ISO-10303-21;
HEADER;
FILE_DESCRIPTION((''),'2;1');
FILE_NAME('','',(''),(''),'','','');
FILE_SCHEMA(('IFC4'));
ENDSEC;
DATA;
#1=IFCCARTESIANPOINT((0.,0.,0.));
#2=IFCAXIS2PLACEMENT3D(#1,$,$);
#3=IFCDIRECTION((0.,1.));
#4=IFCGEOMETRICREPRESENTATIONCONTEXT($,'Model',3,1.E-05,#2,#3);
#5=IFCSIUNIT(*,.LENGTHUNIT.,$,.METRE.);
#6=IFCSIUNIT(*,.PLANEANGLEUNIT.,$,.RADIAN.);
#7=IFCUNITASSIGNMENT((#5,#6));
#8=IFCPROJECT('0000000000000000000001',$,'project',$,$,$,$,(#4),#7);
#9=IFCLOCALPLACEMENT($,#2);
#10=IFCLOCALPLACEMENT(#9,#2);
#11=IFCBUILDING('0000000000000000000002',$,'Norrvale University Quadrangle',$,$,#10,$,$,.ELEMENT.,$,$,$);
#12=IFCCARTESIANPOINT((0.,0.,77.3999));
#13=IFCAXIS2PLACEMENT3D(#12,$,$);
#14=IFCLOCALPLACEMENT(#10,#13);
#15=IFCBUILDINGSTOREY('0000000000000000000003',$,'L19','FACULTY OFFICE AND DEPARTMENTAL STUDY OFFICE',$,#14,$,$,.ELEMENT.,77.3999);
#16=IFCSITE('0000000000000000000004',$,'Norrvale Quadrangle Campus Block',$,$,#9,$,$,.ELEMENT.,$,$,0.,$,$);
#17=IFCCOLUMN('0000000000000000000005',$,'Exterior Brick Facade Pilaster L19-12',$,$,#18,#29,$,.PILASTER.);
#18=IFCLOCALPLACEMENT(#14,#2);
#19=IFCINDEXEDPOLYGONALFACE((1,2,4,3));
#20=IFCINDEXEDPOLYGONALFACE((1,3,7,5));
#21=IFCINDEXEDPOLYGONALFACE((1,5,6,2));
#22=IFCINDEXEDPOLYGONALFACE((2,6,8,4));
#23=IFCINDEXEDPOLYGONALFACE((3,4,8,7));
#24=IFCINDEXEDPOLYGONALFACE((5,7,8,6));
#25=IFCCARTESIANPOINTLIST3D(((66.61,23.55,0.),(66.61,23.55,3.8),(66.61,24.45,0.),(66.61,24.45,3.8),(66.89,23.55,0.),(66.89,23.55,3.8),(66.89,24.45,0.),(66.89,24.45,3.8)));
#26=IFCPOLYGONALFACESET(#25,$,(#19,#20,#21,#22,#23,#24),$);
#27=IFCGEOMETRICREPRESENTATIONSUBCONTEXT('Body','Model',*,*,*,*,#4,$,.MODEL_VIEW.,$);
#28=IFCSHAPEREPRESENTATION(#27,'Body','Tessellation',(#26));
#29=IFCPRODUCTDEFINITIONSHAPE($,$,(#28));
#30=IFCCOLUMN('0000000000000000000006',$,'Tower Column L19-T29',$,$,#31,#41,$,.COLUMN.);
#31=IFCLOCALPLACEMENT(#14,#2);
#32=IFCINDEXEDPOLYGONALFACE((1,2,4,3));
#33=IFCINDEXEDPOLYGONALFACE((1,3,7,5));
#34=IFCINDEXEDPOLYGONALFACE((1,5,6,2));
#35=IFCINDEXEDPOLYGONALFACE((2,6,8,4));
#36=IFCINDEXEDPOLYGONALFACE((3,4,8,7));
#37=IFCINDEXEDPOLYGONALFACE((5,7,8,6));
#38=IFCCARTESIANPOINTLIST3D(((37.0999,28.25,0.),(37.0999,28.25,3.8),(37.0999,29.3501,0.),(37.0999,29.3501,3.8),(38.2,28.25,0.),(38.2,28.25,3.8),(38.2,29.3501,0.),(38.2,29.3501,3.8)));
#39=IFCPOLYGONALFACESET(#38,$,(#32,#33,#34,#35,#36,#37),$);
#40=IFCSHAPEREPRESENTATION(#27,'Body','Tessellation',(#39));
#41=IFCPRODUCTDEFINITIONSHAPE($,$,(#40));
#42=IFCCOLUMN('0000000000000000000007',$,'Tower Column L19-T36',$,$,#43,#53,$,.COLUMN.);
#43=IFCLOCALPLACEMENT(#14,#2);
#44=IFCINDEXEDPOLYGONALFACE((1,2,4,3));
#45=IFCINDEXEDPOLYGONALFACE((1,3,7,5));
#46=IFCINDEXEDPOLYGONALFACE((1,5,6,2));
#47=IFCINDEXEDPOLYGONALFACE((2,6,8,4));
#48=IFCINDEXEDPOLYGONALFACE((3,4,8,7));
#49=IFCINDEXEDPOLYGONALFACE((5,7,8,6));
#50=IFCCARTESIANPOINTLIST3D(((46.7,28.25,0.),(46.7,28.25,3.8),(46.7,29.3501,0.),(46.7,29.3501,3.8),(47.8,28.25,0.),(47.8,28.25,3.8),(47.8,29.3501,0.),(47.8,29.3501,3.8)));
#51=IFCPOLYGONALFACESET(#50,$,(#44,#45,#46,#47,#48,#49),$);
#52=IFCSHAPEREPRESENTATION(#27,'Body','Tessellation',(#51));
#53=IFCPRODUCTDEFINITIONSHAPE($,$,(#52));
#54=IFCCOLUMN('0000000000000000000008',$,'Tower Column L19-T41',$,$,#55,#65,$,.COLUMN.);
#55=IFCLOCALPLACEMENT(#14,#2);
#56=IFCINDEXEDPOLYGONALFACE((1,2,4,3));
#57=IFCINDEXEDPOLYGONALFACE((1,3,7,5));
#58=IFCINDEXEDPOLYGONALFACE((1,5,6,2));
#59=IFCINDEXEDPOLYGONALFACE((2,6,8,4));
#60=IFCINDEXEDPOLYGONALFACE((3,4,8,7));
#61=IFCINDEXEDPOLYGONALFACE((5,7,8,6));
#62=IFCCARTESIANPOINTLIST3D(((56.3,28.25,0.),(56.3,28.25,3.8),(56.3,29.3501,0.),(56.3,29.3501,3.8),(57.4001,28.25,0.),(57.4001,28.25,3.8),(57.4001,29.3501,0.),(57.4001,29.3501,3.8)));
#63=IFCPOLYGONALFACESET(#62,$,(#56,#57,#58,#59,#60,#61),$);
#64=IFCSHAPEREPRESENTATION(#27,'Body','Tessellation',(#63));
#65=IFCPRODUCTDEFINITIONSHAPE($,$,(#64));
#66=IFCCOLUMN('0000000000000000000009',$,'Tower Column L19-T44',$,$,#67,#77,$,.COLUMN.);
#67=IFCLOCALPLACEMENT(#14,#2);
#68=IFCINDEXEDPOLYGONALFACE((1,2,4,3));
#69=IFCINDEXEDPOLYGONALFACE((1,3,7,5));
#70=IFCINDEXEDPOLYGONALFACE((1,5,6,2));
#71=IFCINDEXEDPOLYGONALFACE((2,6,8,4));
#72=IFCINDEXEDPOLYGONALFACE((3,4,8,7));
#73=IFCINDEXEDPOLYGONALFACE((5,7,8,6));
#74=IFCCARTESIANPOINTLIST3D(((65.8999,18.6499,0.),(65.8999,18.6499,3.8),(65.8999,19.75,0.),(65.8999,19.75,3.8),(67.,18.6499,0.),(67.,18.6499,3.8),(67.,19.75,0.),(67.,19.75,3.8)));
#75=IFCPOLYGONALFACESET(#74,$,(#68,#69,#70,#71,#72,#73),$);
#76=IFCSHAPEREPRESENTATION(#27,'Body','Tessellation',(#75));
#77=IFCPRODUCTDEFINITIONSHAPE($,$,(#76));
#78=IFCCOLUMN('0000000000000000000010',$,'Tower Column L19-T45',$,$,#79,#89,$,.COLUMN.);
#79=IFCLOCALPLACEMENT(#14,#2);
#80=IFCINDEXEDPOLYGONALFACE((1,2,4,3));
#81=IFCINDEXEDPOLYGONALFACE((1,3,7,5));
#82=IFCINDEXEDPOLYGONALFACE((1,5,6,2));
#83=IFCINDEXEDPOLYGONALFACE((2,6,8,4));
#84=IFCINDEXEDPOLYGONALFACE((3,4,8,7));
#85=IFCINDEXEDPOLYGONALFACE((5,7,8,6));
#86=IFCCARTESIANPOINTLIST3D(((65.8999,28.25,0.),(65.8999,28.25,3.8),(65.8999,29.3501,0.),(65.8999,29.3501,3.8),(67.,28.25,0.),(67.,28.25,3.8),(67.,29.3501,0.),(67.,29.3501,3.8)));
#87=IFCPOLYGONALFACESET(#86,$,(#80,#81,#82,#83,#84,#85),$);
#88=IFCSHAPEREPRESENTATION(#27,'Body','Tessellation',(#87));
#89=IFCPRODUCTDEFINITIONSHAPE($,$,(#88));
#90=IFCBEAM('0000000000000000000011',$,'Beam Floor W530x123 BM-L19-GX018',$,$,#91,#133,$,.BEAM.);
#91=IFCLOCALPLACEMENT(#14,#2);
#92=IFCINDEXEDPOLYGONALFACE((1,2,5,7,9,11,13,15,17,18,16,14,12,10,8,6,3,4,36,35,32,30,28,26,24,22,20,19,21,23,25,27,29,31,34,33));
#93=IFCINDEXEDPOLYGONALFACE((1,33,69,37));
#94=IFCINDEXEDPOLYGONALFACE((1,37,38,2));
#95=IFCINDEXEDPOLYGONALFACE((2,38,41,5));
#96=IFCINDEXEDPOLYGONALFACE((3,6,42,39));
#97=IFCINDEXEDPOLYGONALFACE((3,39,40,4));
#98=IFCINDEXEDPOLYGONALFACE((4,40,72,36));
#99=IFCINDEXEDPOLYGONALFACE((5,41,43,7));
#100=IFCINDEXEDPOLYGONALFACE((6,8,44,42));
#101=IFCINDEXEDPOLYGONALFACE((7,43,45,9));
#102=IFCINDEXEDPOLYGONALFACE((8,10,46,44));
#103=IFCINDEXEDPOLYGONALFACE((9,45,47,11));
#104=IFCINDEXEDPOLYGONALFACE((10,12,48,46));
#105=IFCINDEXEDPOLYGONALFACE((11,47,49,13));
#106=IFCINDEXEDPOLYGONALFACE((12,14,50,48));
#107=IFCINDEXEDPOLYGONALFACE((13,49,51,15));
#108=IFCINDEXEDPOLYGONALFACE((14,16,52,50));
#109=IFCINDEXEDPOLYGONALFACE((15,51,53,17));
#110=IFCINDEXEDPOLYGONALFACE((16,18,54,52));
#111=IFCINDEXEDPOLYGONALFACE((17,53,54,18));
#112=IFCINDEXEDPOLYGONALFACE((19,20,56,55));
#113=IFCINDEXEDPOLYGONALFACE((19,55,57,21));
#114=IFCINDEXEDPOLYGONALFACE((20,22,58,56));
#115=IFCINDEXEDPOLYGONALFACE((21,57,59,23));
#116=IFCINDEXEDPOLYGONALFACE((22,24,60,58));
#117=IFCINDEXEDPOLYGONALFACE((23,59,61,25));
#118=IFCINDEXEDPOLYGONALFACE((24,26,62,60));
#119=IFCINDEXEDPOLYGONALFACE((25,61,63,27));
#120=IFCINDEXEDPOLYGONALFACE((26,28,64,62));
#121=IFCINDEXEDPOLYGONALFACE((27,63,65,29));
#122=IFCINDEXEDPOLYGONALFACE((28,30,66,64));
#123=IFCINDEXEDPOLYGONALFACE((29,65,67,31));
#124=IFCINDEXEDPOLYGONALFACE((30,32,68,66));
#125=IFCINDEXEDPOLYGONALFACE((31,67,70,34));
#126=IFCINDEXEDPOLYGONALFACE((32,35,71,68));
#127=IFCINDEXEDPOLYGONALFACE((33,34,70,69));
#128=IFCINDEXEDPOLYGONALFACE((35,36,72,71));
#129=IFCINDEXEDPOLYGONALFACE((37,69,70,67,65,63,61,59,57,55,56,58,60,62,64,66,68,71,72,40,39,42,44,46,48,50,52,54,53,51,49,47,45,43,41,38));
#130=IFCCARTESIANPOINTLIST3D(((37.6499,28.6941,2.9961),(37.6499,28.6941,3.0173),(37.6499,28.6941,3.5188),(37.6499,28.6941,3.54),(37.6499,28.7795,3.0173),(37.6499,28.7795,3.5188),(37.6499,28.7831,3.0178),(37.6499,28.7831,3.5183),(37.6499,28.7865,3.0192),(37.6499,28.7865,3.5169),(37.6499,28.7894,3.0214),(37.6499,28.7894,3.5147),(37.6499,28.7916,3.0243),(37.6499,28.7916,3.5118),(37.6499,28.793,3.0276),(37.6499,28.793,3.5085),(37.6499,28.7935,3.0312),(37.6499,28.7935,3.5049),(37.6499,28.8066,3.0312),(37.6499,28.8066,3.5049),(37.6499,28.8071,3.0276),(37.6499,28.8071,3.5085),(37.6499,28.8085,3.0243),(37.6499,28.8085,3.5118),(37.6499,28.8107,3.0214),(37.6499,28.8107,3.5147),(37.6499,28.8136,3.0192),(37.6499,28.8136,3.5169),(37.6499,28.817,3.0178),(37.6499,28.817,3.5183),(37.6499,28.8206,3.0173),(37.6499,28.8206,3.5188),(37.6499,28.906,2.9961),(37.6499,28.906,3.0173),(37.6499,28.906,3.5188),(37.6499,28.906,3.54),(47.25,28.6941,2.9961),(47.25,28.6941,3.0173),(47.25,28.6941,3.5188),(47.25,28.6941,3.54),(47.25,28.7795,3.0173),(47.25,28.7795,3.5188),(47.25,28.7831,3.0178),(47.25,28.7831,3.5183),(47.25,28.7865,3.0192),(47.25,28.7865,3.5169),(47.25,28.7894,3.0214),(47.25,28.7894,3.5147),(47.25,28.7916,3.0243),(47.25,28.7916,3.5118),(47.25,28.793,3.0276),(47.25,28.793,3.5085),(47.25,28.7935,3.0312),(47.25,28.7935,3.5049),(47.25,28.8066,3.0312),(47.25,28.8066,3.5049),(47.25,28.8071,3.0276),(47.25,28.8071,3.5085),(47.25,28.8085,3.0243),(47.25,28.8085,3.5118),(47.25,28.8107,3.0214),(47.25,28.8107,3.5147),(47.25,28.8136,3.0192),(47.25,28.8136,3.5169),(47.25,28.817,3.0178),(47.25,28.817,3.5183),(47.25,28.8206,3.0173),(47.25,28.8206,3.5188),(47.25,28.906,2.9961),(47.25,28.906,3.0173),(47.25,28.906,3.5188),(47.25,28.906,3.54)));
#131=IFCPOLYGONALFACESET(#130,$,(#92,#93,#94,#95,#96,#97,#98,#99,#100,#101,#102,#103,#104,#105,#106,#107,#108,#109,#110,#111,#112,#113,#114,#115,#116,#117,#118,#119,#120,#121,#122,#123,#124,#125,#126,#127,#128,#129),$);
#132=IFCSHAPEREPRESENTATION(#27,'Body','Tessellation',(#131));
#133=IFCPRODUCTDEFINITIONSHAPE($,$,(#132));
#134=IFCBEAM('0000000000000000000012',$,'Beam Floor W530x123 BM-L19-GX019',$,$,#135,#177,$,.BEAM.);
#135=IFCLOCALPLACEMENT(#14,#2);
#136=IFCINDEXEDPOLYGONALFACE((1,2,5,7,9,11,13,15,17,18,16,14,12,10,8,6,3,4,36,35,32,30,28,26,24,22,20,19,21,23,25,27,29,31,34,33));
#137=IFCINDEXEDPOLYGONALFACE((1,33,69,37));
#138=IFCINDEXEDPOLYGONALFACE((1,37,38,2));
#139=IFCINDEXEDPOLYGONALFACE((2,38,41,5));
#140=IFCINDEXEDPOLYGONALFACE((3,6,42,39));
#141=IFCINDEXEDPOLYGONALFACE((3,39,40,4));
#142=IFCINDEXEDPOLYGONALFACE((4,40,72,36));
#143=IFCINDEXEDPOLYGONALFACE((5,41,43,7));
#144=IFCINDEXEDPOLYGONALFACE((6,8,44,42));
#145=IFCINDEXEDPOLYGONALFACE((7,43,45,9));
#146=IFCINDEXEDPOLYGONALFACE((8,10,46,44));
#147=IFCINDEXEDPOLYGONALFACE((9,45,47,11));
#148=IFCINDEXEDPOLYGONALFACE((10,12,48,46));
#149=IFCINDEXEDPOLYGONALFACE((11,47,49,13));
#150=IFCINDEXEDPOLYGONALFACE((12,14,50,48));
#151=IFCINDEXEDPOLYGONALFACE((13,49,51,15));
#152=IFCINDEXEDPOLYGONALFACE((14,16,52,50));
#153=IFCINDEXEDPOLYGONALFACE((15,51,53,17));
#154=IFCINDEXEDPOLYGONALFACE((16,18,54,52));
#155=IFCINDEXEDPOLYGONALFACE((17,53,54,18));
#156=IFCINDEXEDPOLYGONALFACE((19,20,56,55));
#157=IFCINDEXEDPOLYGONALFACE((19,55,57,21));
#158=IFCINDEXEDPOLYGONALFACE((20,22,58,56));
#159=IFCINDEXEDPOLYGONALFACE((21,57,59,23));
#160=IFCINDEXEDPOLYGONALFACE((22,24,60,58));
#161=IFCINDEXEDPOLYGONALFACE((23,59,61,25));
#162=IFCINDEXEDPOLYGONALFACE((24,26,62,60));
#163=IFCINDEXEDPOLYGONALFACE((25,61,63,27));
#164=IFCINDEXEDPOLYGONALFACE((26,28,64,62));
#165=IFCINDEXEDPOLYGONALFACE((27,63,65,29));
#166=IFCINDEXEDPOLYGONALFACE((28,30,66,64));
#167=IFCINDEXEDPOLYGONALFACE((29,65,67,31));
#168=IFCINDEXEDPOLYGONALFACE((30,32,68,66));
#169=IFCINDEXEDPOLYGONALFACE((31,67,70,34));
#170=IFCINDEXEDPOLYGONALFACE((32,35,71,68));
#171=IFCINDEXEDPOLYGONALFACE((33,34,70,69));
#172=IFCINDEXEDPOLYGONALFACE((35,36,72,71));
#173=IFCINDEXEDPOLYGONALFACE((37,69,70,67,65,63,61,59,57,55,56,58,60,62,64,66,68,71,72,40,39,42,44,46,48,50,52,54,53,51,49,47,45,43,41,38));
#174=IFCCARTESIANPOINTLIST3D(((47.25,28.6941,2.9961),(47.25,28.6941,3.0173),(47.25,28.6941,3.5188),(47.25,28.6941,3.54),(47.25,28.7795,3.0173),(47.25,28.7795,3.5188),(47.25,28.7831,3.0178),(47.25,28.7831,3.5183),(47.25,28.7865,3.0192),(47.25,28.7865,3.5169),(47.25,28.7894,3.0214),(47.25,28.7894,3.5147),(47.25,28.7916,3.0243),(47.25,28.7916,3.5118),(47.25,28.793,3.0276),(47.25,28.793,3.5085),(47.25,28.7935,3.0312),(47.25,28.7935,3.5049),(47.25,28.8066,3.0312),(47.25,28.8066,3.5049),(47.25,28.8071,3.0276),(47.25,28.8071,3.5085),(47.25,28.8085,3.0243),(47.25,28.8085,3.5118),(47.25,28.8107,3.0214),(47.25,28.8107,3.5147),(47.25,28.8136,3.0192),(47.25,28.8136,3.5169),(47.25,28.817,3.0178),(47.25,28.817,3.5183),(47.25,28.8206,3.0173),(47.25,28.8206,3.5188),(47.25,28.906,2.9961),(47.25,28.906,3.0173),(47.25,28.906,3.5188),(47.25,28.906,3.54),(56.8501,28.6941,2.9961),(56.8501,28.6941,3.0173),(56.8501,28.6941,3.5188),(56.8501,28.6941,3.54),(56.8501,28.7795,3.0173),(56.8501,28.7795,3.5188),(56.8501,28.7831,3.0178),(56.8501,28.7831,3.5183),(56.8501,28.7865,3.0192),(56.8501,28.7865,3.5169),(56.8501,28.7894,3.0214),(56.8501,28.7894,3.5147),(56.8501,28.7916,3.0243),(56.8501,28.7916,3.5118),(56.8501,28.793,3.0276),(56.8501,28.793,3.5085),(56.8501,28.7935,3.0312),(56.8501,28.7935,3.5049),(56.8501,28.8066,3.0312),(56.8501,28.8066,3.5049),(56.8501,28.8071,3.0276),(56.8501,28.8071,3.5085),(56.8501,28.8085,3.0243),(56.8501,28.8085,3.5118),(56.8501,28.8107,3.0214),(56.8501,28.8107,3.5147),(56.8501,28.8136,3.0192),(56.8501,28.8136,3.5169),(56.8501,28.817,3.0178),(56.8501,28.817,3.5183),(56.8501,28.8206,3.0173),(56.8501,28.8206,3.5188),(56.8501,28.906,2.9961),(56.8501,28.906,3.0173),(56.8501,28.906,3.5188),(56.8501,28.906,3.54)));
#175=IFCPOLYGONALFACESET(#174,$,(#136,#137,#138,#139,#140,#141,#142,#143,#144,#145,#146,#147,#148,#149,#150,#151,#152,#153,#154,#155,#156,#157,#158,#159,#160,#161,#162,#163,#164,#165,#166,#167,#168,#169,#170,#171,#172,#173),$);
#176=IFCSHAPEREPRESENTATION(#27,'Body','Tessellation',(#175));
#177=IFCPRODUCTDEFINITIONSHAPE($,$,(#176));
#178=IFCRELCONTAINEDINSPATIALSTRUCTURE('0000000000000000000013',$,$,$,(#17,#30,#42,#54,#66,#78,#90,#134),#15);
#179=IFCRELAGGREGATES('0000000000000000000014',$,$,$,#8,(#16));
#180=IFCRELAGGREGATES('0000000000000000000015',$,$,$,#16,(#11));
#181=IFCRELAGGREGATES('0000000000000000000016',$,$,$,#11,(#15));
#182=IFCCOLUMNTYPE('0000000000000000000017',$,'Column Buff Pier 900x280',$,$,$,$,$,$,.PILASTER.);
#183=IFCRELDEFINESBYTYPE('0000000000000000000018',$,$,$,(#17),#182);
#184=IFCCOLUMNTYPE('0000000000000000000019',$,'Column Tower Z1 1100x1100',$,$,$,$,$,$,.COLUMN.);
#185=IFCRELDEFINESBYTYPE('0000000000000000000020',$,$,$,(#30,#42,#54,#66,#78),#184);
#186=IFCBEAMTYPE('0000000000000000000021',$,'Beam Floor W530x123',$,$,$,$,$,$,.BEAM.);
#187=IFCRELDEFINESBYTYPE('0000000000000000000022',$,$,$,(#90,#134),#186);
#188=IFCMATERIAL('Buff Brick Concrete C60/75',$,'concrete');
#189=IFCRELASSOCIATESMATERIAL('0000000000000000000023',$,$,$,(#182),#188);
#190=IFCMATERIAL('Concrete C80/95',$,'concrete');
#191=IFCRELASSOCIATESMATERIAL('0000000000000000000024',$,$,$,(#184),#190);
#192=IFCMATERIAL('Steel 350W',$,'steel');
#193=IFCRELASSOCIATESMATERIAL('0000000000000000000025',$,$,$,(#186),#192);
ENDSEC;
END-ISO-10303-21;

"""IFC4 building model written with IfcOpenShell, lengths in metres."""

from ifc_helpers import new_model, si_unit, direction, frame, origin, origin_2d, place, context, subcontext, project, spatial, rectangle, i_section, extrude, material, material_profile, profile_set, type_object, element, save


model = new_model("IFC4")

# Units and contexts
model_context = context("Model", 3, precision=1e-05, world=origin(), true_north=direction((0.0, 1.0)))
body_context = subcontext(model_context, "Body", "Model", "MODEL_VIEW")
ifc_project = project(units=[si_unit("LENGTHUNIT", "METRE"), si_unit("PLANEANGLEUNIT", "RADIAN")], contexts=[model_context])

# Site, building, storey
site_placement = place(None, origin())
site = spatial("IfcSite", under=ifc_project, at=site_placement, Name="Norrvale Quadrangle Campus Block", CompositionType="ELEMENT", RefElevation=0.0)
building_placement = place(site_placement, origin())
building = spatial("IfcBuilding", under=site, at=building_placement, Name="Norrvale University Quadrangle", CompositionType="ELEMENT")
storey_placement = place(building_placement, frame((0.0, 0.0, 77.3999)))
storey = spatial("IfcBuildingStorey", under=building, at=storey_placement, Name="L19", Description="FACULTY OFFICE AND DEPARTMENTAL STUDY OFFICE", CompositionType="ELEMENT", Elevation=77.3999)

# Columns
ifc_material_1 = material(Name="Buff Brick Concrete C60/75", Category="concrete")
ifc_material_profile_1 = material_profile(ifc_material_1, rectangle(XDim=0.8999, YDim=0.28, at=origin_2d()), Name="Buff Brick Concrete C60/75")
ifc_profile_set_1 = profile_set([ifc_material_profile_1], Name="Buff Brick Concrete C60/75")
column_type_1 = type_object("IfcColumnType", Name="Column Buff Pier 900x280", PredefinedType="PILASTER", material=ifc_profile_set_1)
column_placement = place(storey_placement, frame((66.75, 24.0, 0.0), z_axis=(0.0, 0.0, 1.0), x_axis=(0.0, 1.0, 0.0)))
element("IfcColumn", 1, at=column_placement, inside=storey, type_object=column_type_1, Name="Exterior Brick Facade Pilaster L19-12", PredefinedType="PILASTER", context=body_context, shape_type="SweptSolid", body=[
    extrude(rectangle(XDim=0.8999, YDim=0.28, at=origin_2d()), origin(), (0.0, 0.0, 1.0), 3.8),
])
ifc_material_2 = material(Name="Concrete C80/95", Category="concrete")
ifc_material_profile_2 = material_profile(ifc_material_2, rectangle(XDim=1.1001, YDim=1.1001, at=origin_2d()), Name="Concrete C80/95")
ifc_profile_set_2 = profile_set([ifc_material_profile_2], Name="Concrete C80/95")
column_type_2 = type_object("IfcColumnType", Name="Column Tower Z1 1100x1100", PredefinedType="COLUMN", material=ifc_profile_set_2)
for number, where, z_axis, x_axis, name in (
    (2, (37.6499, 28.8, 0.0), (0.0, 0.0, 1.0), (1.0, 0.0, 0.0), "Tower Column L19-T29"),
    (3, (47.25, 28.8, 0.0), (0.0, 0.0, 1.0), (1.0, 0.0, 0.0), "Tower Column L19-T36"),
    (4, (56.8501, 28.8, 0.0), (0.0, 0.0, 1.0), (1.0, 0.0, 0.0), "Tower Column L19-T41"),
    (5, (66.45, 19.2, 0.0), (0.0, 0.0, 1.0), (1.0, 0.0, 0.0), "Tower Column L19-T44"),
    (6, (66.45, 28.8, 0.0), (0.0, 0.0, 1.0), (1.0, 0.0, 0.0), "Tower Column L19-T45"),
):
    element("IfcColumn", number, at=place(storey_placement, frame(where, z_axis=z_axis, x_axis=x_axis)), inside=storey, type_object=column_type_2, Name=name, PredefinedType="COLUMN", context=body_context, shape_type="SweptSolid", body=[
        extrude(rectangle(XDim=1.1001, YDim=1.1001, at=origin_2d()), origin(), (0.0, 0.0, 1.0), 3.8),
    ])

# Beams
ifc_material_3 = material(Name="Steel 350W", Category="steel")
ifc_material_profile_3 = material_profile(ifc_material_3, i_section(OverallWidth=0.2119, OverallDepth=0.5439, WebThickness=0.0132, FlangeThickness=0.0212, FilletRadius=0.0139, at=origin_2d()), Name="Steel 350W")
ifc_profile_set_3 = profile_set([ifc_material_profile_3], Name="Steel 350W")
beam_type_1 = type_object("IfcBeamType", Name="Beam Floor W530x123", PredefinedType="BEAM", material=ifc_profile_set_3)
for number, where, z_axis, x_axis, name in (
    (7, (37.6499, 28.8, 3.2681), (1.0, 0.0, 0.0), (0.0, 1.0, 0.0), "Beam Floor W530x123 BM-L19-GX018"),
    (8, (47.25, 28.8, 3.2681), (1.0, 0.0, 0.0), (0.0, 1.0, 0.0), "Beam Floor W530x123 BM-L19-GX019"),
):
    element("IfcBeam", number, at=place(storey_placement, frame(where, z_axis=z_axis, x_axis=x_axis)), inside=storey, type_object=beam_type_1, Name=name, PredefinedType="BEAM", context=body_context, shape_type="SweptSolid", body=[
        extrude(i_section(OverallWidth=0.2119, OverallDepth=0.5439, WebThickness=0.0132, FlangeThickness=0.0212, FilletRadius=0.0139, at=origin_2d()), origin(), (0.0, 0.0, 1.0), 9.6001),
    ])

save(model, "model.ifc")
